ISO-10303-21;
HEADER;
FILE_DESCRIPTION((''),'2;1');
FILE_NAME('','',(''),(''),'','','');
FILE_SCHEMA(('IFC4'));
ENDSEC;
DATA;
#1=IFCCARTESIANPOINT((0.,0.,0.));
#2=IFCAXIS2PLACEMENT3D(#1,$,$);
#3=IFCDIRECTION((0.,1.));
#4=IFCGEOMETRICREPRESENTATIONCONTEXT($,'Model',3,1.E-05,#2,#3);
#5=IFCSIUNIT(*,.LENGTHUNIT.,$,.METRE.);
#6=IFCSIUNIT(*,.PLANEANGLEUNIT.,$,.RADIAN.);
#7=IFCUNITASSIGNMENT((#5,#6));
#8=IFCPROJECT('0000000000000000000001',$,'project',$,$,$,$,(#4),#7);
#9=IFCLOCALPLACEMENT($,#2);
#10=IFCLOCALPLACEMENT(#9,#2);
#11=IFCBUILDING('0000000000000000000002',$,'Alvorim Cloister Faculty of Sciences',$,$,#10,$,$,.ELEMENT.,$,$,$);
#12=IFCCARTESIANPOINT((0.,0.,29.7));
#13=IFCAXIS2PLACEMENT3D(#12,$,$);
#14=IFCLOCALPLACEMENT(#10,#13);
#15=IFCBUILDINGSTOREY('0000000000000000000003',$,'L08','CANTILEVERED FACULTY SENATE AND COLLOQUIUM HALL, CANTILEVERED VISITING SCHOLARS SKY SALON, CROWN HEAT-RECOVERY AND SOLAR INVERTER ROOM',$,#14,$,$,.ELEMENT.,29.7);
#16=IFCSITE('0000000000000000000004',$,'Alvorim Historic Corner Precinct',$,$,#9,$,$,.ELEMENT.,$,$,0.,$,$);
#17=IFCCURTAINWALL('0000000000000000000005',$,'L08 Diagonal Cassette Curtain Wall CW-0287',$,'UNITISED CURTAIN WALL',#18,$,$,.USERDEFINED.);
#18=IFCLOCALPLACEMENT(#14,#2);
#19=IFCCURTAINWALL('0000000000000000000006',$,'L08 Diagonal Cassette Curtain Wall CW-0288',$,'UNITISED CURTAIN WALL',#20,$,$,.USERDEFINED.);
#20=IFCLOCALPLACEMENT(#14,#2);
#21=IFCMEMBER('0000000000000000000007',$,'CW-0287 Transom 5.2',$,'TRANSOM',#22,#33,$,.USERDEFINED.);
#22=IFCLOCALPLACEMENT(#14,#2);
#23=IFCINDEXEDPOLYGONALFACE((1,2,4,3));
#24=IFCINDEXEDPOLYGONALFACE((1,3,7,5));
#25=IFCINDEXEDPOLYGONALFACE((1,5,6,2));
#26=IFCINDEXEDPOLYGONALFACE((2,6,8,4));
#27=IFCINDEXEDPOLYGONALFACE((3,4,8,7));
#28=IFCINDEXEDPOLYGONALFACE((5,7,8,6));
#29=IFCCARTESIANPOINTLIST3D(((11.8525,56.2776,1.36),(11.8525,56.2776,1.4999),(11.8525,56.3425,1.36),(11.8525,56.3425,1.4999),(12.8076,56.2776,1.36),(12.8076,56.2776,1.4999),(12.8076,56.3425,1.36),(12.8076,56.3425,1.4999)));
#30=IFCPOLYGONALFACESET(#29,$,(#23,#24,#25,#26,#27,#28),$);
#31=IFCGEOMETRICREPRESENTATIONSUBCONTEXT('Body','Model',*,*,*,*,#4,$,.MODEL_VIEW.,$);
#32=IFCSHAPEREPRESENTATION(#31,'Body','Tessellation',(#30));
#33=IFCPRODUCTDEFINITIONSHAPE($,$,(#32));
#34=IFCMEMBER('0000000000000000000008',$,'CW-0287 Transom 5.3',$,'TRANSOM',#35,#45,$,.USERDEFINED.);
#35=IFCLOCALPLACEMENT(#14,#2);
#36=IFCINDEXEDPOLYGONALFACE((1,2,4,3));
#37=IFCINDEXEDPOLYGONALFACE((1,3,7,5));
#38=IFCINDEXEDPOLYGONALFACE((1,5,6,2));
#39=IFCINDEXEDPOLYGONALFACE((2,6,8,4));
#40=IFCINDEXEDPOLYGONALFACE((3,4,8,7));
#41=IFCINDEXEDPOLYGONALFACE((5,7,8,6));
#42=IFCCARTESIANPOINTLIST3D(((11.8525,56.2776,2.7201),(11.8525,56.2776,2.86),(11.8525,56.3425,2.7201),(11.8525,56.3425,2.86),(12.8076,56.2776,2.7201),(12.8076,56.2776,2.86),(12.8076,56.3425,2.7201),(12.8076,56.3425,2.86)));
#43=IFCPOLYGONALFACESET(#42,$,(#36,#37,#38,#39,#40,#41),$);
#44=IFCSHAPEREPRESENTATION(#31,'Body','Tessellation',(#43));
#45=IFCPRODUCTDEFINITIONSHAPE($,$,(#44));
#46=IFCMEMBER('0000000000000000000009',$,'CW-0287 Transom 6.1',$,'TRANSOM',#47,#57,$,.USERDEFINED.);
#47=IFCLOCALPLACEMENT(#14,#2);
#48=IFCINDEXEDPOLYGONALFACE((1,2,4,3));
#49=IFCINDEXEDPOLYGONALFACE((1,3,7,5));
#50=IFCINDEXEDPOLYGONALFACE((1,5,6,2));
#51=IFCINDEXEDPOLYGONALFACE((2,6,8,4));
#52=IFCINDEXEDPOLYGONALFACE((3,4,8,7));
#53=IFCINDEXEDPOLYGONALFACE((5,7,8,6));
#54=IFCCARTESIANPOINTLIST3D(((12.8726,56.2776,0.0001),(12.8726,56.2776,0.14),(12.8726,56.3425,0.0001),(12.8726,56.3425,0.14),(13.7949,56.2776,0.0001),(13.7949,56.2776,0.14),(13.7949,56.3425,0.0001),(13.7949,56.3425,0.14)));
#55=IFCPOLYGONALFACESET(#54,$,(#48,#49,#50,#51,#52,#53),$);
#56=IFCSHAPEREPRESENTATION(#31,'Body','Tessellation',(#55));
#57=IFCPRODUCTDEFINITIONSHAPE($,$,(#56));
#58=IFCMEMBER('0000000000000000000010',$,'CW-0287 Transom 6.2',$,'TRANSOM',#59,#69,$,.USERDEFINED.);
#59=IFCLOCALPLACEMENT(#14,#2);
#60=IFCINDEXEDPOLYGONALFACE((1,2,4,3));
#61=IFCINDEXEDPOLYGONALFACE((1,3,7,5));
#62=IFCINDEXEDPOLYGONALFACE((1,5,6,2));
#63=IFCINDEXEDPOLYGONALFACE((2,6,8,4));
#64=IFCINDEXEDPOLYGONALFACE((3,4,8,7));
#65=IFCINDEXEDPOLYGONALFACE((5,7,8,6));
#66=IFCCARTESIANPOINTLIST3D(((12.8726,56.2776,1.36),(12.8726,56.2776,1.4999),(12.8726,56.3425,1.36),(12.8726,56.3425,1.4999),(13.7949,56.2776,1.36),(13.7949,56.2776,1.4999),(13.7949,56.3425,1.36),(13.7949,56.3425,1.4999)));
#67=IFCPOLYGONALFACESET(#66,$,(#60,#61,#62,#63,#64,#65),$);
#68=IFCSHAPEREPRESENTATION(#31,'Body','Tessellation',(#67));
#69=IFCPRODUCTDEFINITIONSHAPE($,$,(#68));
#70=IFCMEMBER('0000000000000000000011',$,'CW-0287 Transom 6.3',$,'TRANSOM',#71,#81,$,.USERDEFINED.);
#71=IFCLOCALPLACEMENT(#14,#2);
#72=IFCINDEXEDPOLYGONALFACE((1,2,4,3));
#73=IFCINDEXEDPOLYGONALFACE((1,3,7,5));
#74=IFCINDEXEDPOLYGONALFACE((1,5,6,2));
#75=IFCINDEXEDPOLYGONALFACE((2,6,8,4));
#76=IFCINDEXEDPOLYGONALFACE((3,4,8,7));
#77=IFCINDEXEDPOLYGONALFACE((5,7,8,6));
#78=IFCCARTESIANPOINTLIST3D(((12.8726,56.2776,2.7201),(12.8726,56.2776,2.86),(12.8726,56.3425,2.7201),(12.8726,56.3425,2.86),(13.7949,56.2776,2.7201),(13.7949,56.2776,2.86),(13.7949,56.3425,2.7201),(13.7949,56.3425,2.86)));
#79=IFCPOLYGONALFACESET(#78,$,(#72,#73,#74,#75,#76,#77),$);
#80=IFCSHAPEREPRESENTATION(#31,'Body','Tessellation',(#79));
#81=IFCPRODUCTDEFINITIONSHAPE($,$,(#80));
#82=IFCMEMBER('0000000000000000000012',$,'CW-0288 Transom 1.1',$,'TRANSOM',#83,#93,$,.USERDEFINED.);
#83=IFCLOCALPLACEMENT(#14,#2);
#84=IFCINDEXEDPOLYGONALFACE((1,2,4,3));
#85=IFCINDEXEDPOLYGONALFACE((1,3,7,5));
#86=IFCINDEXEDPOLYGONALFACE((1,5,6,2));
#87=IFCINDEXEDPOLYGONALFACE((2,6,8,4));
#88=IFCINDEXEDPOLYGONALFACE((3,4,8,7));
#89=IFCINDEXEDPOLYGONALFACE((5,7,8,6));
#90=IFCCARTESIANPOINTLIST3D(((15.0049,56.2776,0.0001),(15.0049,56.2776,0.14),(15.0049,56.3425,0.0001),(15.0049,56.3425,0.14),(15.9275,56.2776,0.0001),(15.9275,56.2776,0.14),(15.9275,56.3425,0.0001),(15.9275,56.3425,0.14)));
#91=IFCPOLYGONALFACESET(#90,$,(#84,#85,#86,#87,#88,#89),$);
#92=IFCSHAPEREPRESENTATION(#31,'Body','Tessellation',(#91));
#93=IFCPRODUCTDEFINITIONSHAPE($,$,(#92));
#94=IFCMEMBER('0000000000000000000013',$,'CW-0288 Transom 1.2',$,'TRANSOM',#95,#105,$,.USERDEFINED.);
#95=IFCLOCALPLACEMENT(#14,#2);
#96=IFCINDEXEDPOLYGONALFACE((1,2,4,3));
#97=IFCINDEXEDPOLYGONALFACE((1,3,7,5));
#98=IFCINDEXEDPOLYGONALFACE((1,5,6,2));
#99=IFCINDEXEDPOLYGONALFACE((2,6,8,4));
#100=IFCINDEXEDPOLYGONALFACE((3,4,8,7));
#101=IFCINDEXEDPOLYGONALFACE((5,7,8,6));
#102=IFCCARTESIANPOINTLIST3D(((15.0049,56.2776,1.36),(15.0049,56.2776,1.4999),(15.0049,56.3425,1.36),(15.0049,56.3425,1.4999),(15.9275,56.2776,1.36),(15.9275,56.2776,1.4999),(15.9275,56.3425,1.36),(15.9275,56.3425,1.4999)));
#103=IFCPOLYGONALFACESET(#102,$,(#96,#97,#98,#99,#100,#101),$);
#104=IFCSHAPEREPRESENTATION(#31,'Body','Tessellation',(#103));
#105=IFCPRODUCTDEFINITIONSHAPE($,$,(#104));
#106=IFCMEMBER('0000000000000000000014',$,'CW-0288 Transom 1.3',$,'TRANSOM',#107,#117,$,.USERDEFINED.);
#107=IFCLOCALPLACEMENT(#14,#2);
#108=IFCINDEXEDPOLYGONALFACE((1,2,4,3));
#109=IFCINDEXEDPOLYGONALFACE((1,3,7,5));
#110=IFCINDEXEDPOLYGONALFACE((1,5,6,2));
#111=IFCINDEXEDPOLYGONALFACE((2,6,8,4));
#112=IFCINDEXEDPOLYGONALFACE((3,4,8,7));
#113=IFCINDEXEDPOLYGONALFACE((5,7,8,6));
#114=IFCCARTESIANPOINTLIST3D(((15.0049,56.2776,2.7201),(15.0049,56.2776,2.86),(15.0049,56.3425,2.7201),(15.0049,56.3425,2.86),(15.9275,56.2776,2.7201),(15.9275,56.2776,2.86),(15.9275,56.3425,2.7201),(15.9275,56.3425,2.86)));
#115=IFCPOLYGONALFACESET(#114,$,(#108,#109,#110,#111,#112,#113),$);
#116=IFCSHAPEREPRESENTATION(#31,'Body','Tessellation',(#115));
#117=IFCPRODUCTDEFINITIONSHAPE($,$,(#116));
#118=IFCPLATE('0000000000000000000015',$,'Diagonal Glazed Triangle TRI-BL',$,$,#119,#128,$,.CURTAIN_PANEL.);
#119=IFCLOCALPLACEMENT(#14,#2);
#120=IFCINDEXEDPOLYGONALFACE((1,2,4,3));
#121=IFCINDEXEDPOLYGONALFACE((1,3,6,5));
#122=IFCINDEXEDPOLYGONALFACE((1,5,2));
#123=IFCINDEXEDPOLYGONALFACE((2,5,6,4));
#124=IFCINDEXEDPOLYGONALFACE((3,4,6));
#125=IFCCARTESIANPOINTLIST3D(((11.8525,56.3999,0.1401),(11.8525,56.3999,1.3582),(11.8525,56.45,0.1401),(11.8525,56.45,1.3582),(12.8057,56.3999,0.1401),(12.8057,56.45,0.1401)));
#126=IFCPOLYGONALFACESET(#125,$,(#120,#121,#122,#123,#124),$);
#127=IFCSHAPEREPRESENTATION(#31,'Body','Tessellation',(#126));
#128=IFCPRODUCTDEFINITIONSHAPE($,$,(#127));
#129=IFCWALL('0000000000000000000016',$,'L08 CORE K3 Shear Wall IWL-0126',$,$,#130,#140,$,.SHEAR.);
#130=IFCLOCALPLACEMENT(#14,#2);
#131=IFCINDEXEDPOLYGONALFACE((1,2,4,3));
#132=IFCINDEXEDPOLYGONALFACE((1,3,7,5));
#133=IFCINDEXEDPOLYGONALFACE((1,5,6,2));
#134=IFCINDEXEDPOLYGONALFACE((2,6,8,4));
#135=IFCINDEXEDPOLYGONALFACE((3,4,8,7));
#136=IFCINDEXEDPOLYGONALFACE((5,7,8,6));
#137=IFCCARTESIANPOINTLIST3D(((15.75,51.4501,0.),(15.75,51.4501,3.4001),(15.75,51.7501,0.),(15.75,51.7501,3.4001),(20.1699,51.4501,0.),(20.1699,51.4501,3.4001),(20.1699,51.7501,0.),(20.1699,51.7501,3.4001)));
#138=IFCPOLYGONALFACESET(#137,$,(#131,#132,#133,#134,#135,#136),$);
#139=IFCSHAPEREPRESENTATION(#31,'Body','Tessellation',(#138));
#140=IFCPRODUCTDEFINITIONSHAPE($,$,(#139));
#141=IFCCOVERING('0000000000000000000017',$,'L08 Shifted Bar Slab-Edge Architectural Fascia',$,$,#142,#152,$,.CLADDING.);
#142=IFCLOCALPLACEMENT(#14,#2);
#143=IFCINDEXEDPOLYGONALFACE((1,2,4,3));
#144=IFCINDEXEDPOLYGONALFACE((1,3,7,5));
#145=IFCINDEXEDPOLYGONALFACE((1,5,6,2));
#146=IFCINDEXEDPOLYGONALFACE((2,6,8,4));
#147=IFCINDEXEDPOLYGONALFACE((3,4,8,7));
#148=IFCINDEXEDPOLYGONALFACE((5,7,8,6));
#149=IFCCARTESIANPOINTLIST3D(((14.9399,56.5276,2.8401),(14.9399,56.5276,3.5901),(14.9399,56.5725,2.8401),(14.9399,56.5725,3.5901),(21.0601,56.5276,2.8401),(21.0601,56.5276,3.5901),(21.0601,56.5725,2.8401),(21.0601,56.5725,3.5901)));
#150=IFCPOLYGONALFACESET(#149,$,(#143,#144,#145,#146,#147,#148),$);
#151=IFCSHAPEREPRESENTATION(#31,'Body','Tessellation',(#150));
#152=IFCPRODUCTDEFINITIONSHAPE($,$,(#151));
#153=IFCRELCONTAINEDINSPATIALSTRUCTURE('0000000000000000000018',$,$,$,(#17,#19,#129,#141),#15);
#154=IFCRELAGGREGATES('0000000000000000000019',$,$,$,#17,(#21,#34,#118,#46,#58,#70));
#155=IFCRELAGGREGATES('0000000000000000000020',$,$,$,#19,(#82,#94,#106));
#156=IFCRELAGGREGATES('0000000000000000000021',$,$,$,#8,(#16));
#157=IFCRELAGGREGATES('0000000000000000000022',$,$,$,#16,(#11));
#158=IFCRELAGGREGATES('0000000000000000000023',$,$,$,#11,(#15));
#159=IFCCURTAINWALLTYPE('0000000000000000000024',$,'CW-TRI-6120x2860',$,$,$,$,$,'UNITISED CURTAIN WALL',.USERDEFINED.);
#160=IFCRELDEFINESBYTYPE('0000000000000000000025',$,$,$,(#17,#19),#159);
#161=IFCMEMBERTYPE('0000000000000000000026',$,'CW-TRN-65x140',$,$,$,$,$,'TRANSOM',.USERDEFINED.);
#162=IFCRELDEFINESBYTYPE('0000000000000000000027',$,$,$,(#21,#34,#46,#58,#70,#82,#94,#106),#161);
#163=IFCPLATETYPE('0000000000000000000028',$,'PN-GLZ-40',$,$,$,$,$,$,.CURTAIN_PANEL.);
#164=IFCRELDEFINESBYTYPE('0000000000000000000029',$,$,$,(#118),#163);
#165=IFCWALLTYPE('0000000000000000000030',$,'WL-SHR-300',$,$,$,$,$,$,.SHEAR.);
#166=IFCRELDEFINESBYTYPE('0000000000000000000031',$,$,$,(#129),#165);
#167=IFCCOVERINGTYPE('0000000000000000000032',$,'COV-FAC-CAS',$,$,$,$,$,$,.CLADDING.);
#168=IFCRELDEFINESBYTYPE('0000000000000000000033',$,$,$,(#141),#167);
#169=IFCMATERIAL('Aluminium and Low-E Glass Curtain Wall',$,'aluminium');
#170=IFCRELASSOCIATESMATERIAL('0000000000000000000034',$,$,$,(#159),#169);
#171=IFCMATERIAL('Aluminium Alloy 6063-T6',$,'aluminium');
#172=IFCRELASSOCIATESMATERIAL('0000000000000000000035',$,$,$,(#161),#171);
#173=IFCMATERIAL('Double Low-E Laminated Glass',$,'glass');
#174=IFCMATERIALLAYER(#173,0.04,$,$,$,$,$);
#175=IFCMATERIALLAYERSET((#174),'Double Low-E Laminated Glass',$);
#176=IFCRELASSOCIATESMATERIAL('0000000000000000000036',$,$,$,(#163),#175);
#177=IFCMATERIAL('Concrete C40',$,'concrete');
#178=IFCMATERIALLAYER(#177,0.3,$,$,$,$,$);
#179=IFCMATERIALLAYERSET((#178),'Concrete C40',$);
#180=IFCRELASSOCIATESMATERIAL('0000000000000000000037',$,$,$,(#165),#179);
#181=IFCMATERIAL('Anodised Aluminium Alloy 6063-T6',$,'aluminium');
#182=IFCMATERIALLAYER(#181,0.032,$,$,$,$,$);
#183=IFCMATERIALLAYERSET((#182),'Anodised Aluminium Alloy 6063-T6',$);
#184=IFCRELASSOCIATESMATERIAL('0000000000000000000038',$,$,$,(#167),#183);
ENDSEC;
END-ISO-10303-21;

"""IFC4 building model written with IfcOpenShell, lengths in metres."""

from ifc_helpers import new_model, si_unit, direction, frame, frame_2d, origin, origin_2d, place, context, subcontext, project, spatial, polyline, rectangle, outline, extrude, material, layer, layer_set, material_profile, profile_set, type_object, element, aggregate, save


model = new_model("IFC4")

# Units and contexts
model_context = context("Model", 3, precision=1e-05, world=origin(), true_north=direction((0.0, 1.0)))
body_context = subcontext(model_context, "Body", "Model", "MODEL_VIEW")
ifc_project = project(units=[si_unit("LENGTHUNIT", "METRE"), si_unit("PLANEANGLEUNIT", "RADIAN")], contexts=[model_context])

# Site, building, storey
site_placement = place(None, origin())
site = spatial("IfcSite", under=ifc_project, at=site_placement, Name="Alvorim Historic Corner Precinct", CompositionType="ELEMENT", RefElevation=0.0)
building_placement = place(site_placement, origin())
building = spatial("IfcBuilding", under=site, at=building_placement, Name="Alvorim Cloister Faculty of Sciences", CompositionType="ELEMENT")
storey_placement = place(building_placement, frame((0.0, 0.0, 29.7)))
storey = spatial("IfcBuildingStorey", under=building, at=storey_placement, Name="L08", Description="CANTILEVERED FACULTY SENATE AND COLLOQUIUM HALL, CANTILEVERED VISITING SCHOLARS SKY SALON, CROWN HEAT-RECOVERY AND SOLAR INVERTER ROOM", CompositionType="ELEMENT", Elevation=29.7)

# Curtain wall
ifc_material_1 = material(Name="Aluminium and Low-E Glass Curtain Wall", Category="aluminium")
curtain_wall_type = type_object("IfcCurtainWallType", Name="CW-TRI-6120x2860", ElementType="UNITISED CURTAIN WALL", PredefinedType="USERDEFINED", material=ifc_material_1)
curtain_wall_1_placement = place(storey_placement, origin())
curtain_wall_1 = element("IfcCurtainWall", 1, at=curtain_wall_1_placement, inside=storey, type_object=curtain_wall_type, Name="L08 Diagonal Cassette Curtain Wall CW-0287", ObjectType="UNITISED CURTAIN WALL", PredefinedType="USERDEFINED")
ifc_material_2 = material(Name="Aluminium Alloy 6063-T6", Category="aluminium")

# Curtain wall
curtain_wall_2_placement = place(storey_placement, origin())
curtain_wall_2 = element("IfcCurtainWall", 2, at=curtain_wall_2_placement, inside=storey, type_object=curtain_wall_type, Name="L08 Diagonal Cassette Curtain Wall CW-0288", ObjectType="UNITISED CURTAIN WALL", PredefinedType="USERDEFINED")

# Members
ifc_material_profile_1 = material_profile(ifc_material_2, rectangle(XDim=0.0649, YDim=0.1399, at=origin_2d()), Name="ALU-TRN-65x140")
ifc_profile_set_1 = profile_set([ifc_material_profile_1], Name="Aluminium Alloy 6063-T6")
member_type_1 = type_object("IfcMemberType", Name="CW-TRN-65x140", ElementType="TRANSOM", PredefinedType="USERDEFINED", material=ifc_profile_set_1)
member_1_placement = place(storey_placement, frame((11.8525, 56.3101, 1.4299), z_axis=(1.0, 0.0, 0.0), x_axis=(0.0, 1.0, 0.0)))
member_1 = element("IfcMember", 3, at=member_1_placement, type_object=member_type_1, Name="CW-0287 Transom 5.2", ObjectType="TRANSOM", PredefinedType="USERDEFINED", context=body_context, shape_type="SweptSolid", body=[
    extrude(rectangle(XDim=0.0649, YDim=0.1399, at=origin_2d()), origin(), (0.0, 0.0, 1.0), 0.9551),
])
member_2_placement = place(storey_placement, frame((11.8525, 56.3101, 2.79), z_axis=(1.0, 0.0, 0.0), x_axis=(0.0, 1.0, 0.0)))
member_2 = element("IfcMember", 4, at=member_2_placement, type_object=member_type_1, Name="CW-0287 Transom 5.3", ObjectType="TRANSOM", PredefinedType="USERDEFINED", context=body_context, shape_type="SweptSolid", body=[
    extrude(rectangle(XDim=0.0649, YDim=0.1399, at=origin_2d()), origin(), (0.0, 0.0, 1.0), 0.9551),
])
member_3_placement = place(storey_placement, frame((12.8726, 56.3101, 0.0701), z_axis=(1.0, 0.0, 0.0), x_axis=(0.0, 1.0, 0.0)))
member_3 = element("IfcMember", 5, at=member_3_placement, type_object=member_type_1, Name="CW-0287 Transom 6.1", ObjectType="TRANSOM", PredefinedType="USERDEFINED", context=body_context, shape_type="SweptSolid", body=[
    extrude(rectangle(XDim=0.0649, YDim=0.1399, at=origin_2d()), origin(), (0.0, 0.0, 1.0), 0.9224),
])
member_4_placement = place(storey_placement, frame((12.8726, 56.3101, 1.4299), z_axis=(1.0, 0.0, 0.0), x_axis=(0.0, 1.0, 0.0)))
member_4 = element("IfcMember", 6, at=member_4_placement, type_object=member_type_1, Name="CW-0287 Transom 6.2", ObjectType="TRANSOM", PredefinedType="USERDEFINED", context=body_context, shape_type="SweptSolid", body=[
    extrude(rectangle(XDim=0.0649, YDim=0.1399, at=origin_2d()), origin(), (0.0, 0.0, 1.0), 0.9224),
])
member_5_placement = place(storey_placement, frame((12.8726, 56.3101, 2.79), z_axis=(1.0, 0.0, 0.0), x_axis=(0.0, 1.0, 0.0)))
member_5 = element("IfcMember", 7, at=member_5_placement, type_object=member_type_1, Name="CW-0287 Transom 6.3", ObjectType="TRANSOM", PredefinedType="USERDEFINED", context=body_context, shape_type="SweptSolid", body=[
    extrude(rectangle(XDim=0.0649, YDim=0.1399, at=origin_2d()), origin(), (0.0, 0.0, 1.0), 0.9224),
])
member_6_placement = place(storey_placement, frame((15.0049, 56.3101, 0.0701), z_axis=(1.0, 0.0, 0.0), x_axis=(0.0, 1.0, 0.0)))
member_6 = element("IfcMember", 8, at=member_6_placement, type_object=member_type_1, Name="CW-0288 Transom 1.1", ObjectType="TRANSOM", PredefinedType="USERDEFINED", context=body_context, shape_type="SweptSolid", body=[
    extrude(rectangle(XDim=0.0649, YDim=0.1399, at=origin_2d()), origin(), (0.0, 0.0, 1.0), 0.9226),
])
member_7_placement = place(storey_placement, frame((15.0049, 56.3101, 1.4299), z_axis=(1.0, 0.0, 0.0), x_axis=(0.0, 1.0, 0.0)))
member_7 = element("IfcMember", 9, at=member_7_placement, type_object=member_type_1, Name="CW-0288 Transom 1.2", ObjectType="TRANSOM", PredefinedType="USERDEFINED", context=body_context, shape_type="SweptSolid", body=[
    extrude(rectangle(XDim=0.0649, YDim=0.1399, at=origin_2d()), origin(), (0.0, 0.0, 1.0), 0.9226),
])
member_8_placement = place(storey_placement, frame((15.0049, 56.3101, 2.79), z_axis=(1.0, 0.0, 0.0), x_axis=(0.0, 1.0, 0.0)))
member_8 = element("IfcMember", 10, at=member_8_placement, type_object=member_type_1, Name="CW-0288 Transom 1.3", ObjectType="TRANSOM", PredefinedType="USERDEFINED", context=body_context, shape_type="SweptSolid", body=[
    extrude(rectangle(XDim=0.0649, YDim=0.1399, at=origin_2d()), origin(), (0.0, 0.0, 1.0), 0.9226),
])

# Plate
ifc_material_3 = material(Name="Double Low-E Laminated Glass", Category="glass")
ifc_layer_1 = layer(ifc_material_3, 0.04)
ifc_layer_set_1 = layer_set([ifc_layer_1], Name="Double Low-E Laminated Glass")
plate_type = type_object("IfcPlateType", Name="PN-GLZ-40", PredefinedType="CURTAIN_PANEL", material=ifc_layer_set_1)
plate_1_placement = place(storey_placement, frame((11.8525, 56.425, 0.1401), z_axis=(0.0, 0.0, 1.0), x_axis=(1.0, 0.0, 0.0)))
plate_1 = element("IfcPlate", 11, at=plate_1_placement, type_object=plate_type, Name="Diagonal Glazed Triangle TRI-BL", PredefinedType="CURTAIN_PANEL", context=body_context, shape_type="SweptSolid", body=[
    extrude(outline(polyline([(0.0, 0.0), (0.9531, 0.0), (0.0, 1.218), (0.0, 0.0)])), frame((0.0, 0.0249, 0.0), z_axis=(0.0, -1.0, 0.0), x_axis=(1.0, 0.0, 0.0)), (0.0, 0.0, 1.0), 0.05),
])
aggregate(curtain_wall_1, [member_1, member_2, plate_1, member_3, member_4, member_5])
aggregate(curtain_wall_2, [member_6, member_7, member_8])

# Wall
ifc_material_4 = material(Name="Concrete C40", Category="concrete")
ifc_layer_2 = layer(ifc_material_4, 0.3)
ifc_layer_set_2 = layer_set([ifc_layer_2], Name="Concrete C40")
wall_type = type_object("IfcWallType", Name="WL-SHR-300", PredefinedType="SHEAR", material=ifc_layer_set_2)
wall_placement = place(storey_placement, frame((15.75, 51.6001, 0.0), z_axis=(0.0, 0.0, 1.0), x_axis=(1.0, 0.0, 0.0)))
element("IfcWall", 12, at=wall_placement, inside=storey, type_object=wall_type, Name="L08 CORE K3 Shear Wall IWL-0126", PredefinedType="SHEAR", context=body_context, shape_type="SweptSolid", body=[
    extrude(rectangle(XDim=4.4199, YDim=0.3, at=frame_2d((2.21, 0.0))), origin(), (0.0, 0.0, 1.0), 3.4001),
])

# Covering
ifc_material_5 = material(Name="Anodised Aluminium Alloy 6063-T6", Category="aluminium")
ifc_layer_3 = layer(ifc_material_5, 0.032)
ifc_layer_set_3 = layer_set([ifc_layer_3], Name="Anodised Aluminium Alloy 6063-T6")
covering_type = type_object("IfcCoveringType", Name="COV-FAC-CAS", PredefinedType="CLADDING", material=ifc_layer_set_3)
covering_placement = place(storey_placement, frame((14.9399, 56.55, 2.8401), z_axis=(0.0, 0.0, 1.0), x_axis=(1.0, 0.0, 0.0)))
element("IfcCovering", 13, at=covering_placement, inside=storey, type_object=covering_type, Name="L08 Shifted Bar Slab-Edge Architectural Fascia", PredefinedType="CLADDING", context=body_context, shape_type="SweptSolid", body=[
    extrude(outline(polyline([(0.0, 0.0), (6.1201, 0.0), (6.1201, 0.75), (0.0, 0.75), (0.0, 0.0)])), frame((0.0, 0.0225, 0.0), z_axis=(0.0, -1.0, 0.0), x_axis=(1.0, 0.0, 0.0)), (0.0, 0.0, 1.0), 0.0449),
])

save(model, "model.ifc")
